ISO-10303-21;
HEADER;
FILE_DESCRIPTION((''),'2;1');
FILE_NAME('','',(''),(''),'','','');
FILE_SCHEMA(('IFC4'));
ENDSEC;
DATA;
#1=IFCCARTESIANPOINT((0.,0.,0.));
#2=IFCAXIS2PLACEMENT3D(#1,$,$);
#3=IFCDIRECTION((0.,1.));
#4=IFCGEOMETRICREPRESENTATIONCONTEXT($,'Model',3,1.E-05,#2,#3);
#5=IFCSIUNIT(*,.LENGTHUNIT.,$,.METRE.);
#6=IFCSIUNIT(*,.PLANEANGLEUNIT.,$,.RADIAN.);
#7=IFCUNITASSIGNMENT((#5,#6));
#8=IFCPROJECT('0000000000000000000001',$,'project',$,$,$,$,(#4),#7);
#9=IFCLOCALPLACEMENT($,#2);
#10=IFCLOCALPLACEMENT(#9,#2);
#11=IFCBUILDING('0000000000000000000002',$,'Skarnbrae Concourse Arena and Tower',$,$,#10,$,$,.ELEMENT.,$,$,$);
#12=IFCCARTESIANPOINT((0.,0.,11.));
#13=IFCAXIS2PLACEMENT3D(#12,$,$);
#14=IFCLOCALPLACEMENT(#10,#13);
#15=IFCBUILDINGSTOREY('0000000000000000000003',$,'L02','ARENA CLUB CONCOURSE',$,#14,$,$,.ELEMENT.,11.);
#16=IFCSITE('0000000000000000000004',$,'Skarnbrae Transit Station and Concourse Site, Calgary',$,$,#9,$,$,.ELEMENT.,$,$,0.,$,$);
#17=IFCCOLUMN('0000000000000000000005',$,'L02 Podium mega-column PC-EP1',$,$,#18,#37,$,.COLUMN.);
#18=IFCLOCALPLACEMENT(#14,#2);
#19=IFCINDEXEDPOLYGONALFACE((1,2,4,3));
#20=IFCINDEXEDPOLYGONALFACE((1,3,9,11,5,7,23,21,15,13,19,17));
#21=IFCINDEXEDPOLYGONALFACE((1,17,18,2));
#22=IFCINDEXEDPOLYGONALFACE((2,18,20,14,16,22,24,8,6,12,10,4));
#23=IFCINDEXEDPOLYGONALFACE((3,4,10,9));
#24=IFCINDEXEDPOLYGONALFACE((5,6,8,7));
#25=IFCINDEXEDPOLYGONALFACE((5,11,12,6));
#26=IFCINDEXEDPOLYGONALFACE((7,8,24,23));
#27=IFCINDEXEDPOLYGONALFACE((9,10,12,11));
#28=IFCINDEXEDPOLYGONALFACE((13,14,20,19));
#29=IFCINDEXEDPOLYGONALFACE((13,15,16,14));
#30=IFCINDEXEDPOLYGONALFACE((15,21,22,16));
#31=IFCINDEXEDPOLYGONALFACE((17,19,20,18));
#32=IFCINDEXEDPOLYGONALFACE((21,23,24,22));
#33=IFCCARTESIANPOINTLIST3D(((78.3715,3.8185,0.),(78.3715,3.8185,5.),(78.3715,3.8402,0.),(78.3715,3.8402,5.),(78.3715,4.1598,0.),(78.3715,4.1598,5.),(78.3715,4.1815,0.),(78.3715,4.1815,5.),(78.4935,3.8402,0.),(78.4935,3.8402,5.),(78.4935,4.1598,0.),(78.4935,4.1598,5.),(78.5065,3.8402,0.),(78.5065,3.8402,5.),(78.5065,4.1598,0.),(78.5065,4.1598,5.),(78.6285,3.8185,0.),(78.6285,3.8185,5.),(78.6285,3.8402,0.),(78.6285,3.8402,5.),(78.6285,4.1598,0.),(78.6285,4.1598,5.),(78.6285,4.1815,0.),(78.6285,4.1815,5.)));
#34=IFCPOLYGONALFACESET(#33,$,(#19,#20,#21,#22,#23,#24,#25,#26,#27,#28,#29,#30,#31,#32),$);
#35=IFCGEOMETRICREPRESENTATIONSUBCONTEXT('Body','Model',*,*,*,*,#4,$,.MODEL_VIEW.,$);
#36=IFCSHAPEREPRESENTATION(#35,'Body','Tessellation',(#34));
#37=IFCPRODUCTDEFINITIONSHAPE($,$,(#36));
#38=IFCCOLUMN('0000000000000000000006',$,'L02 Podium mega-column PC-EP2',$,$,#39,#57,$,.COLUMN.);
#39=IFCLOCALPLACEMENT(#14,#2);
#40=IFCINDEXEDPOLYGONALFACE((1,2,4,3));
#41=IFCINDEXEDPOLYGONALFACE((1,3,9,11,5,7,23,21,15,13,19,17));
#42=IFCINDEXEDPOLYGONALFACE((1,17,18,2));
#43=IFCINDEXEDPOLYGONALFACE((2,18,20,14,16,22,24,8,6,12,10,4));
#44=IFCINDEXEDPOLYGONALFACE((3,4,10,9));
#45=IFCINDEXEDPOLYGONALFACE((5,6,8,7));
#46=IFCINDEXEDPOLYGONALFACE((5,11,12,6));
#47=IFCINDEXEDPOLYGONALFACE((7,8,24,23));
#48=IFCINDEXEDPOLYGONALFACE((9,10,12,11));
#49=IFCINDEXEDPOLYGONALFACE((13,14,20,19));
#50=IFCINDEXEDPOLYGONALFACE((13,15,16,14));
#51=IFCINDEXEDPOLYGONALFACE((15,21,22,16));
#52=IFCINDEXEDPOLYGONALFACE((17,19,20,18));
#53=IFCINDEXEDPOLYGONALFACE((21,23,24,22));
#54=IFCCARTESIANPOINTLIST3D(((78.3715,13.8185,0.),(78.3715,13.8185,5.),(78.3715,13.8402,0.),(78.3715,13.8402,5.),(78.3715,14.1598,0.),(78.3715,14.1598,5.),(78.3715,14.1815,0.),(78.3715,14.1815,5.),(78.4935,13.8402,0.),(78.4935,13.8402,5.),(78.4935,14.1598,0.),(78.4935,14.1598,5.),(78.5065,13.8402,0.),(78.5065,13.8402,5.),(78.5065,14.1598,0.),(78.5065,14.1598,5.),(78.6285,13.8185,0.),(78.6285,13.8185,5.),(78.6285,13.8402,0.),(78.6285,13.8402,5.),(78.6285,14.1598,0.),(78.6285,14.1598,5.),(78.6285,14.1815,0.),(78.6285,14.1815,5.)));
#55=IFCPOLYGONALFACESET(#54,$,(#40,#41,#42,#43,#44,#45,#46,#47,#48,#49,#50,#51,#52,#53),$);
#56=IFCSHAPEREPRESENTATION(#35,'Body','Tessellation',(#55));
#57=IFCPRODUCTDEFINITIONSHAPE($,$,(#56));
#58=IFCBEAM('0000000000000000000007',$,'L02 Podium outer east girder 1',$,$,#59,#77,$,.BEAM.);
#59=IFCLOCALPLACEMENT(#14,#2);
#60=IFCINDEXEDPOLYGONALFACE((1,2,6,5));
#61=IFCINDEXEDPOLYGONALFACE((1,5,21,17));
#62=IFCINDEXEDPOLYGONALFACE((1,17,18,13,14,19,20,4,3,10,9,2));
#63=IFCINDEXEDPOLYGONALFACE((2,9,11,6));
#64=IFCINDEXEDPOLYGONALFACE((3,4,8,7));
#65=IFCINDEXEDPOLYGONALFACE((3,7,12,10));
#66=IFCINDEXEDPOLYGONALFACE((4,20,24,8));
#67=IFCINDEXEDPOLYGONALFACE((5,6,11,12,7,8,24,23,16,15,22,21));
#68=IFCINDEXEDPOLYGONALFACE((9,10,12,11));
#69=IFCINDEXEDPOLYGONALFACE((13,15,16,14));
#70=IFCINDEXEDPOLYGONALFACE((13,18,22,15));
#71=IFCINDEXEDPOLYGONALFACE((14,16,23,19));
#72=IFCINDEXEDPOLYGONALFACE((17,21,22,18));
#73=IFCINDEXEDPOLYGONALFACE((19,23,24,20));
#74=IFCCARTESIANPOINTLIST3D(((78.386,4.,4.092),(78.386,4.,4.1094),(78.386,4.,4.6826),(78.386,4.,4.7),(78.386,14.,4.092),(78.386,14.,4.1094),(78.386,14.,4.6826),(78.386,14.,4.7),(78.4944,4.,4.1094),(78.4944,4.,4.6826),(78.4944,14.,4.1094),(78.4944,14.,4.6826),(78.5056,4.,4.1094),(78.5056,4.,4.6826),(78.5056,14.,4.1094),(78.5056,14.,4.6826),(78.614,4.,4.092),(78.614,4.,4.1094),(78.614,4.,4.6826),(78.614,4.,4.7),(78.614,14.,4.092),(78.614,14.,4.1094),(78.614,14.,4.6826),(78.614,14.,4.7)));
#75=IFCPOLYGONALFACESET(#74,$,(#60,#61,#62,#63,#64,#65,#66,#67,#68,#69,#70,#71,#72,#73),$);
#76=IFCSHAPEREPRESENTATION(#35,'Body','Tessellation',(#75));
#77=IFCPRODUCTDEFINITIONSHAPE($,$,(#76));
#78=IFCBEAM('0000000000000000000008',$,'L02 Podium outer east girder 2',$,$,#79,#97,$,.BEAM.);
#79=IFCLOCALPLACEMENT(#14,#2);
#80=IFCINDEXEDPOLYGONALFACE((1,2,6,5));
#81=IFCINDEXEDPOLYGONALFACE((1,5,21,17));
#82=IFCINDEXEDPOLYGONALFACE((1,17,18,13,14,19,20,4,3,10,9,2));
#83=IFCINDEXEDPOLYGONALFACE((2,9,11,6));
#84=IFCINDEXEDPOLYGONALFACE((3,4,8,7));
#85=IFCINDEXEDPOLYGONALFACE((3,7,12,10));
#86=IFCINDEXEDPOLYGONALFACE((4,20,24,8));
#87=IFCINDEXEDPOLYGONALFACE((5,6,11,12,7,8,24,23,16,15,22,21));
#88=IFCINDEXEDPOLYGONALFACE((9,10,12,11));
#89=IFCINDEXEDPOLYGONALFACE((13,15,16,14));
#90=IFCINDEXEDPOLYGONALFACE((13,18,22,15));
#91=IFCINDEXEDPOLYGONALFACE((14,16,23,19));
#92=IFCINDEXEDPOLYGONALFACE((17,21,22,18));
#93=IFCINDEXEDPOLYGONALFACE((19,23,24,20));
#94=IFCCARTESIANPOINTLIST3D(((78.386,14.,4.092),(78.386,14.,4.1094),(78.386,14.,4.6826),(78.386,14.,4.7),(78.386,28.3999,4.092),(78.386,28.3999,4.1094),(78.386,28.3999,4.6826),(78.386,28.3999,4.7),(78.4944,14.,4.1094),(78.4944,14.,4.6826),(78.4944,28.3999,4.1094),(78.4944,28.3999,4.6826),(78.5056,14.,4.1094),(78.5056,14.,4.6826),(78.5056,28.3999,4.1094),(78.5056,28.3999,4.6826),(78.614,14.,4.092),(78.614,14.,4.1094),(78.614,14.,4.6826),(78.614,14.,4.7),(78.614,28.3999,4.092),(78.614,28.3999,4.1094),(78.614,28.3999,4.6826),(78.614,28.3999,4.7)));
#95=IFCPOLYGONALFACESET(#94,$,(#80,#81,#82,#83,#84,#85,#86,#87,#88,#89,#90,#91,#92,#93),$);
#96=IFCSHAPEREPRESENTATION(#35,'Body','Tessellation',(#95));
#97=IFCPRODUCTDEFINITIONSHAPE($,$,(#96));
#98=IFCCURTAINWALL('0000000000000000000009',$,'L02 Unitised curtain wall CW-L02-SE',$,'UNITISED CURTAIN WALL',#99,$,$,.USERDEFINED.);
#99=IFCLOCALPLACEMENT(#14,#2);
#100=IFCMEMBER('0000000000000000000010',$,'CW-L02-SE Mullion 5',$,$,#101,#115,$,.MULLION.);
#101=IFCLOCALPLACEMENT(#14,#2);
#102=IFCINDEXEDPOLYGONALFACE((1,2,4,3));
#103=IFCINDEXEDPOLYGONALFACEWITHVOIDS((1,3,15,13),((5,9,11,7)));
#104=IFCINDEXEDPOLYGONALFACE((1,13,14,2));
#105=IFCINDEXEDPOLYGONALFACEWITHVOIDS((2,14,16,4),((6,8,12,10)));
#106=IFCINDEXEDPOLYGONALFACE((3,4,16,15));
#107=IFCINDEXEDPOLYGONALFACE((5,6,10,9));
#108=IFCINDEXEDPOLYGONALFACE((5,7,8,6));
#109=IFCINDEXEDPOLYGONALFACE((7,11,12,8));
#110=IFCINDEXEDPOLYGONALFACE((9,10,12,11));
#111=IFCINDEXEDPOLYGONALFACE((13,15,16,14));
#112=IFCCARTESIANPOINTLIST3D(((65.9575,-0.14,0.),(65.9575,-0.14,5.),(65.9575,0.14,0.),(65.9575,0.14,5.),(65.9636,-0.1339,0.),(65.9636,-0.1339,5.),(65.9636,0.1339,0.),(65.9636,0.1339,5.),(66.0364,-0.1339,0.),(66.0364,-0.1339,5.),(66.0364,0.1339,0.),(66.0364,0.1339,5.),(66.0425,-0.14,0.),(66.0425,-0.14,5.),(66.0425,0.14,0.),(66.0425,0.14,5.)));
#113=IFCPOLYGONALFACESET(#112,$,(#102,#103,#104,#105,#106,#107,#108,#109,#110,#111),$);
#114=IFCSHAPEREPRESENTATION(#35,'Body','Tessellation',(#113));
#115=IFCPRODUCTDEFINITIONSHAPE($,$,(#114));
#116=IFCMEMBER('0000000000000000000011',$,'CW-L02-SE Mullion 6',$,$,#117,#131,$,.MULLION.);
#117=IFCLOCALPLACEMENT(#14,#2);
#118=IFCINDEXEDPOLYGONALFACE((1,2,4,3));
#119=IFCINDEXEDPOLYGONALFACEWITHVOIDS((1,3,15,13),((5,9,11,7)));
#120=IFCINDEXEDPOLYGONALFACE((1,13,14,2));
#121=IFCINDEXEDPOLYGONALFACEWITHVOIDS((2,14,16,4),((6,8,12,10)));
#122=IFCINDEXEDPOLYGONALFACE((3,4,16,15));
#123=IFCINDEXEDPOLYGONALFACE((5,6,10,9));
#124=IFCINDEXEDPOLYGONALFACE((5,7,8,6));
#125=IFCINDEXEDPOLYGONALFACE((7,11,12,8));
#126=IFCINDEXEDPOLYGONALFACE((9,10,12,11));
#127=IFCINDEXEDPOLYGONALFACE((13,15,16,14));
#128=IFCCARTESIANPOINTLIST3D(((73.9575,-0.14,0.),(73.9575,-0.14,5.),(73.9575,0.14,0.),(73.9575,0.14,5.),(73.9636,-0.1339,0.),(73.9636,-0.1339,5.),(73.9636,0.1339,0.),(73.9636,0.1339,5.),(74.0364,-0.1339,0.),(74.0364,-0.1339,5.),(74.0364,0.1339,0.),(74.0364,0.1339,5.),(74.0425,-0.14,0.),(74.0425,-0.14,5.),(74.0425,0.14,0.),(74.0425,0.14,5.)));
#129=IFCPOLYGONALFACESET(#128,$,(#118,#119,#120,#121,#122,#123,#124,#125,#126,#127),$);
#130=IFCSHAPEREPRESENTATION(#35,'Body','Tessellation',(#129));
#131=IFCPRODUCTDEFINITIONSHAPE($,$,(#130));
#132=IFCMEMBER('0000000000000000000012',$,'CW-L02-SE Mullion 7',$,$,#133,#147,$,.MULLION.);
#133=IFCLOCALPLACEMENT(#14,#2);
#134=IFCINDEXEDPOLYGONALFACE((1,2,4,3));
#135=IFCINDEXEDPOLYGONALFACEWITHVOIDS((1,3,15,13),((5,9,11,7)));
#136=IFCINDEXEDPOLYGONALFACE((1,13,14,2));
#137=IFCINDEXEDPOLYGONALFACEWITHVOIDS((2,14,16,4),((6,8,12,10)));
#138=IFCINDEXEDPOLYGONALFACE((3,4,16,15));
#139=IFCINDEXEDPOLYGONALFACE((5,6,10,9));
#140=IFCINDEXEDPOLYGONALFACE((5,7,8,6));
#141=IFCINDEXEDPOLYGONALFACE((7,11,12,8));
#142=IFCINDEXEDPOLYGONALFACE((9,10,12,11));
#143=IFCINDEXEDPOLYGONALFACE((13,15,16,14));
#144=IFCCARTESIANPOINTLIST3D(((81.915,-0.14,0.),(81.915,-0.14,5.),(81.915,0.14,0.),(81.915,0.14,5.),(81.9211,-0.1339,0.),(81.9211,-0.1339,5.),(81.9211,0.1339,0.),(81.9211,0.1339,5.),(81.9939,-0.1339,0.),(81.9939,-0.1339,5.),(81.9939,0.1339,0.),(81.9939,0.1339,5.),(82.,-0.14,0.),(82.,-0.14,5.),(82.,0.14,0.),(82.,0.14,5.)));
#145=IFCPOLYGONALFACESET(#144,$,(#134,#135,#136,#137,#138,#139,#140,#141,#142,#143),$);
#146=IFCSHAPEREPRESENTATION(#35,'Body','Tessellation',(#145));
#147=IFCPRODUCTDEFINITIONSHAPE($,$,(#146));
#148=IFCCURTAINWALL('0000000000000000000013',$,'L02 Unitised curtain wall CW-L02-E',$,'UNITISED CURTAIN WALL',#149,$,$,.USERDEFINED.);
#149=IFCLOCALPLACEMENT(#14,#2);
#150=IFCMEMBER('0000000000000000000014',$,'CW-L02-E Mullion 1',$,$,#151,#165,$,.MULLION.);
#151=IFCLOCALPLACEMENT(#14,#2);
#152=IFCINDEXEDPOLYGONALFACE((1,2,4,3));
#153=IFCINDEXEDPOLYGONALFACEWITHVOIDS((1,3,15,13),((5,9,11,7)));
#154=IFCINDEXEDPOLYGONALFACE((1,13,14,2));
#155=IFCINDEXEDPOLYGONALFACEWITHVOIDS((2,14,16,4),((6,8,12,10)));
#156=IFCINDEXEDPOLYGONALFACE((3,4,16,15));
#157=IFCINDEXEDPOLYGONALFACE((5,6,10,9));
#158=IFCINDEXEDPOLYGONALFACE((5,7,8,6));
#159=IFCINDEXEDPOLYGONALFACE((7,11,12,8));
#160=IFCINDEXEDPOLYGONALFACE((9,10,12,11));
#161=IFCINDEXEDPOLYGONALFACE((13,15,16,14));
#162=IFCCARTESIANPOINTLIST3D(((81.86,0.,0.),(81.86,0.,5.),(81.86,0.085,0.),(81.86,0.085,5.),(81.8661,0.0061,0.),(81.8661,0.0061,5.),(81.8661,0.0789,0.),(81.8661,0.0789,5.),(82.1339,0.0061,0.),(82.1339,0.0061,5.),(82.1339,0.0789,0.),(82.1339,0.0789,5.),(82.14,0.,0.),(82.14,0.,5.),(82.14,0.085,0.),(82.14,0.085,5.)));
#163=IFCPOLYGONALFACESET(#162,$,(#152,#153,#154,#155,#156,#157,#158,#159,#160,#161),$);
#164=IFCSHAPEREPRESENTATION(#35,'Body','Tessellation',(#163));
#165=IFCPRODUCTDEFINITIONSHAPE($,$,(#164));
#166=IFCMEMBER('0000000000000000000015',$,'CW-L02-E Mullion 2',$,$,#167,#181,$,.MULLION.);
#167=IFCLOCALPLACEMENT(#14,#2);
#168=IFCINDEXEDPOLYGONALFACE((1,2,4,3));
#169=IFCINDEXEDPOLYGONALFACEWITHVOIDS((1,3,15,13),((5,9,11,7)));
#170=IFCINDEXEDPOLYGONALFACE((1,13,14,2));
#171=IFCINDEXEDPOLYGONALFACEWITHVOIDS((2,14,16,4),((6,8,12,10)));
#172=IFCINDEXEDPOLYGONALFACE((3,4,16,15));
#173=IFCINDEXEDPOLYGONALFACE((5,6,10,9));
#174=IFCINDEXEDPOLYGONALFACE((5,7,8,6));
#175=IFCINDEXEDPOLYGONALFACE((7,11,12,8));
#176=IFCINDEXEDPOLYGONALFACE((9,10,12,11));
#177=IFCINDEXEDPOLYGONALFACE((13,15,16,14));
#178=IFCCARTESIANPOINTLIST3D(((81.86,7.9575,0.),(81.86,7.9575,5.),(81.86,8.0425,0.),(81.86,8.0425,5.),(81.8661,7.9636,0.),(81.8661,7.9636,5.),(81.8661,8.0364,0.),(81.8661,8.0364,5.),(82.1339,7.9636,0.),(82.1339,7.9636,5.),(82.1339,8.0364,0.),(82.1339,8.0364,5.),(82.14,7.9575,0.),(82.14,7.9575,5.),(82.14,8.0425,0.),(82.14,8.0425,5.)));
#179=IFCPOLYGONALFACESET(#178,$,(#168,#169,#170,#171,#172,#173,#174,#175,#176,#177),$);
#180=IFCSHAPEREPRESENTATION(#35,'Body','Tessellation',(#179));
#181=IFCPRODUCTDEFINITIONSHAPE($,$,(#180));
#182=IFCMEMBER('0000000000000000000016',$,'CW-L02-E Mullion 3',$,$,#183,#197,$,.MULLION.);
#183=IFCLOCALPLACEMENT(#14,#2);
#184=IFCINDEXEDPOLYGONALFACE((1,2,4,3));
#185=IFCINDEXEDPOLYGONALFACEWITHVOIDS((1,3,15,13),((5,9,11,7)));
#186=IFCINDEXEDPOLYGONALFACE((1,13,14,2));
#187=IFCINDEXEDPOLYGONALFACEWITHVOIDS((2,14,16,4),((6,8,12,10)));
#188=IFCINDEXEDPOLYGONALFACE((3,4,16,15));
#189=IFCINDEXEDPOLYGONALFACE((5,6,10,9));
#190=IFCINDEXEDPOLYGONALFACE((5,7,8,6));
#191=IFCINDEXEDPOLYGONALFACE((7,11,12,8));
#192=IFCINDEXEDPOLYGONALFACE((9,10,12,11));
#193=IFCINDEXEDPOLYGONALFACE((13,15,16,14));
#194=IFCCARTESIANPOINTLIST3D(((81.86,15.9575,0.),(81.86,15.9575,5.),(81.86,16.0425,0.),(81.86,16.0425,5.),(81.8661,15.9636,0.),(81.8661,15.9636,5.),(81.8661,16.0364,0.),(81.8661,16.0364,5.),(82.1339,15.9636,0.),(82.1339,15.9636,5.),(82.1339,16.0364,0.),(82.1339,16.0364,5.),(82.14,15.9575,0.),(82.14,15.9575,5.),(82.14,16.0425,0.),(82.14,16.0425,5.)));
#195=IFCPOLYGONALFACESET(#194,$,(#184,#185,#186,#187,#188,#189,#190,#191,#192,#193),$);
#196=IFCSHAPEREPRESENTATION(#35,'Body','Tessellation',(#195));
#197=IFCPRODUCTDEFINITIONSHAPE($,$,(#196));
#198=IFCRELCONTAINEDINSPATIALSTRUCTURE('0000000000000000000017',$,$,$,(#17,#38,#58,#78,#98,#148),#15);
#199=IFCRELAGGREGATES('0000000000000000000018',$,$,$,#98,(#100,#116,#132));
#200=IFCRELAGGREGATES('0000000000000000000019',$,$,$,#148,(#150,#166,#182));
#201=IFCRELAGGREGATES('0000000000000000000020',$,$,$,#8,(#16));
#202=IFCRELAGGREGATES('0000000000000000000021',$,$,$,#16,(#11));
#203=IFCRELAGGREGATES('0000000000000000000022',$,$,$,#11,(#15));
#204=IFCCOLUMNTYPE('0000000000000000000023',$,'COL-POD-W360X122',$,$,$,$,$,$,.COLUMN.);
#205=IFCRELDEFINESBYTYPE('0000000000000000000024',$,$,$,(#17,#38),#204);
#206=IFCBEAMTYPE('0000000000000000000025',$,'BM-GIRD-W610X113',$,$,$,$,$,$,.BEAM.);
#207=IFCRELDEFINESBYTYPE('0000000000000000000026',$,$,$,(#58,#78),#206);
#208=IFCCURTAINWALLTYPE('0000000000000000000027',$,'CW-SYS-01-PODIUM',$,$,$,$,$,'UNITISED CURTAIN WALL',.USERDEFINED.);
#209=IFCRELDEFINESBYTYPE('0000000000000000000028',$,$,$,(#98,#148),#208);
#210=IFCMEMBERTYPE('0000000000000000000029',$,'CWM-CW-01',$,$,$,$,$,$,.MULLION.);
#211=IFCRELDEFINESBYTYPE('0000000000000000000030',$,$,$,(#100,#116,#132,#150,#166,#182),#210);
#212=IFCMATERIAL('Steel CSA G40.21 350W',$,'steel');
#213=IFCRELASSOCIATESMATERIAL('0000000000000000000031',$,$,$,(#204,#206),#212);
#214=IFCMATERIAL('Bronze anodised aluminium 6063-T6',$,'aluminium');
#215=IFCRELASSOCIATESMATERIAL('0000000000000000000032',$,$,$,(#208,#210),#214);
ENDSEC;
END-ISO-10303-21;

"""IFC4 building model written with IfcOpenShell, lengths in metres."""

from ifc_helpers import new_model, si_unit, direction, frame, origin, origin_2d, place, context, subcontext, project, spatial, hollow_rectangle, i_section, extrude, source, transform, mapped, material, material_profile, profile_set, type_object, element, aggregate, save


model = new_model("IFC4")

# Units and contexts
model_context = context("Model", 3, precision=1e-05, world=origin(), true_north=direction((0.0, 1.0)))
body_context = subcontext(model_context, "Body", "Model", "MODEL_VIEW")
ifc_project = project(units=[si_unit("LENGTHUNIT", "METRE"), si_unit("PLANEANGLEUNIT", "RADIAN")], contexts=[model_context])

# Site, building, storey
site_placement = place(None, origin())
site = spatial("IfcSite", under=ifc_project, at=site_placement, Name="Skarnbrae Transit Station and Concourse Site, Calgary", CompositionType="ELEMENT", RefElevation=0.0)
building_placement = place(site_placement, origin())
building = spatial("IfcBuilding", under=site, at=building_placement, Name="Skarnbrae Concourse Arena and Tower", CompositionType="ELEMENT")
storey_placement = place(building_placement, frame((0.0, 0.0, 11.0)))
storey = spatial("IfcBuildingStorey", under=building, at=storey_placement, Name="L02", Description="ARENA CLUB CONCOURSE", CompositionType="ELEMENT", Elevation=11.0)

# Columns
ifc_material_1 = material(Name="Steel CSA G40.21 350W", Category="steel")
ifc_material_profile_1 = material_profile(ifc_material_1, i_section(OverallWidth=0.2571, OverallDepth=0.363, WebThickness=0.0129, FlangeThickness=0.0217, at=origin_2d()), Name="W360X122")
ifc_profile_set_1 = profile_set([ifc_material_profile_1], Name="Steel CSA G40.21 350W")
column_type = type_object("IfcColumnType", Name="COL-POD-W360X122", PredefinedType="COLUMN", material=ifc_profile_set_1)
shared_shape_1 = source(origin(), body_context, "Body", "SweptSolid", [
    extrude(i_section(OverallWidth=0.2571, OverallDepth=0.363, WebThickness=0.0129, FlangeThickness=0.0217, at=origin_2d()), origin(), (0.0, 0.0, 1.0), 5.0),
])
for number, where, z_axis, x_axis, name in (
    (1, (78.5, 4.0, 0.0), (0.0, 0.0, 1.0), (1.0, 0.0, 0.0), "L02 Podium mega-column PC-EP1"),
    (2, (78.5, 14.0, 0.0), (0.0, 0.0, 1.0), (1.0, 0.0, 0.0), "L02 Podium mega-column PC-EP2"),
):
    element("IfcColumn", number, at=place(storey_placement, frame(where, z_axis=z_axis, x_axis=x_axis)), inside=storey, type_object=column_type, Name=name, PredefinedType="COLUMN", context=body_context, shape_type="MappedRepresentation", body=[
        mapped(shared_shape_1, transform((0.0, 0.0, 0.0))),
    ])

# Beams
ifc_material_profile_2 = material_profile(ifc_material_1, i_section(OverallWidth=0.228, OverallDepth=0.6079, WebThickness=0.0112, FlangeThickness=0.0173, at=origin_2d()), Name="W610X113")
ifc_profile_set_2 = profile_set([ifc_material_profile_2], Name="Steel CSA G40.21 350W")
beam_type_1 = type_object("IfcBeamType", Name="BM-GIRD-W610X113", PredefinedType="BEAM", material=ifc_profile_set_2)
shared_shape_2 = source(origin(), body_context, "Body", "SweptSolid", [
    extrude(i_section(OverallWidth=0.228, OverallDepth=0.6079, WebThickness=0.0112, FlangeThickness=0.0173, at=origin_2d()), origin(), (0.0, 0.0, 1.0), 10.0),
])
beam_1_placement = place(storey_placement, frame((78.5, 4.0, 4.396), z_axis=(0.0, 1.0, 0.0), x_axis=(-1.0, 0.0, 0.0)))
element("IfcBeam", 3, at=beam_1_placement, inside=storey, type_object=beam_type_1, Name="L02 Podium outer east girder 1", PredefinedType="BEAM", context=body_context, shape_type="MappedRepresentation", body=[
    mapped(shared_shape_2, transform((0.0, 0.0, 0.0))),
])
shared_shape_3 = source(origin(), body_context, "Body", "SweptSolid", [
    extrude(i_section(OverallWidth=0.228, OverallDepth=0.6079, WebThickness=0.0112, FlangeThickness=0.0173, at=origin_2d()), origin(), (0.0, 0.0, 1.0), 14.3999),
])
beam_2_placement = place(storey_placement, frame((78.5, 14.0, 4.396), z_axis=(0.0, 1.0, 0.0), x_axis=(-1.0, 0.0, 0.0)))
element("IfcBeam", 4, at=beam_2_placement, inside=storey, type_object=beam_type_1, Name="L02 Podium outer east girder 2", PredefinedType="BEAM", context=body_context, shape_type="MappedRepresentation", body=[
    mapped(shared_shape_3, transform((0.0, 0.0, 0.0))),
])

# Curtain walls, members
ifc_material_2 = material(Name="Bronze anodised aluminium 6063-T6", Category="aluminium")
curtain_wall_type = type_object("IfcCurtainWallType", Name="CW-SYS-01-PODIUM", ElementType="UNITISED CURTAIN WALL", PredefinedType="USERDEFINED", material=ifc_material_2)
curtain_wall_1_placement = place(storey_placement, origin())
curtain_wall_1 = element("IfcCurtainWall", 5, at=curtain_wall_1_placement, inside=storey, type_object=curtain_wall_type, Name="L02 Unitised curtain wall CW-L02-SE", ObjectType="UNITISED CURTAIN WALL", PredefinedType="USERDEFINED")
ifc_material_profile_3 = material_profile(ifc_material_2, hollow_rectangle(XDim=0.085, YDim=0.28, WallThickness=0.0061, at=origin_2d()), Name="ALU-MULL-85X280")
ifc_profile_set_3 = profile_set([ifc_material_profile_3], Name="Bronze anodised aluminium 6063-T6")
member_type_1 = type_object("IfcMemberType", Name="CWM-CW-01", PredefinedType="MULLION", material=ifc_profile_set_3)
shared_shape_4 = source(origin(), body_context, "Body", "SweptSolid", [
    extrude(hollow_rectangle(XDim=0.085, YDim=0.28, WallThickness=0.0061, at=origin_2d()), origin(), (0.0, 0.0, 1.0), 5.0),
])
member_1_placement = place(storey_placement, frame((66.0, 0.0, 0.0), z_axis=(0.0, 0.0, 1.0), x_axis=(1.0, 0.0, 0.0)))
member_1 = element("IfcMember", 6, at=member_1_placement, type_object=member_type_1, Name="CW-L02-SE Mullion 5", PredefinedType="MULLION", context=body_context, shape_type="MappedRepresentation", body=[
    mapped(shared_shape_4, transform((0.0, 0.0, 0.0))),
])
member_2_placement = place(storey_placement, frame((74.0, 0.0, 0.0), z_axis=(0.0, 0.0, 1.0), x_axis=(1.0, 0.0, 0.0)))
member_2 = element("IfcMember", 7, at=member_2_placement, type_object=member_type_1, Name="CW-L02-SE Mullion 6", PredefinedType="MULLION", context=body_context, shape_type="MappedRepresentation", body=[
    mapped(shared_shape_4, transform((0.0, 0.0, 0.0))),
])
member_3_placement = place(storey_placement, frame((81.9575, 0.0, 0.0), z_axis=(0.0, 0.0, 1.0), x_axis=(1.0, 0.0, 0.0)))
member_3 = element("IfcMember", 8, at=member_3_placement, type_object=member_type_1, Name="CW-L02-SE Mullion 7", PredefinedType="MULLION", context=body_context, shape_type="MappedRepresentation", body=[
    mapped(shared_shape_4, transform((0.0, 0.0, 0.0))),
])
curtain_wall_2_placement = place(storey_placement, origin())
curtain_wall_2 = element("IfcCurtainWall", 9, at=curtain_wall_2_placement, inside=storey, type_object=curtain_wall_type, Name="L02 Unitised curtain wall CW-L02-E", ObjectType="UNITISED CURTAIN WALL", PredefinedType="USERDEFINED")
member_4_placement = place(storey_placement, frame((82.0, 0.0425, 0.0), z_axis=(0.0, 0.0, 1.0), x_axis=(0.0, 1.0, 0.0)))
member_4 = element("IfcMember", 10, at=member_4_placement, type_object=member_type_1, Name="CW-L02-E Mullion 1", PredefinedType="MULLION", context=body_context, shape_type="MappedRepresentation", body=[
    mapped(shared_shape_4, transform((0.0, 0.0, 0.0))),
])
member_5_placement = place(storey_placement, frame((82.0, 8.0, 0.0), z_axis=(0.0, 0.0, 1.0), x_axis=(0.0, 1.0, 0.0)))
member_5 = element("IfcMember", 11, at=member_5_placement, type_object=member_type_1, Name="CW-L02-E Mullion 2", PredefinedType="MULLION", context=body_context, shape_type="MappedRepresentation", body=[
    mapped(shared_shape_4, transform((0.0, 0.0, 0.0))),
])
member_6_placement = place(storey_placement, frame((82.0, 16.0, 0.0), z_axis=(0.0, 0.0, 1.0), x_axis=(0.0, 1.0, 0.0)))
member_6 = element("IfcMember", 12, at=member_6_placement, type_object=member_type_1, Name="CW-L02-E Mullion 3", PredefinedType="MULLION", context=body_context, shape_type="MappedRepresentation", body=[
    mapped(shared_shape_4, transform((0.0, 0.0, 0.0))),
])

aggregate(curtain_wall_1, [member_1, member_2, member_3])
aggregate(curtain_wall_2, [member_4, member_5, member_6])

save(model, "model.ifc")
